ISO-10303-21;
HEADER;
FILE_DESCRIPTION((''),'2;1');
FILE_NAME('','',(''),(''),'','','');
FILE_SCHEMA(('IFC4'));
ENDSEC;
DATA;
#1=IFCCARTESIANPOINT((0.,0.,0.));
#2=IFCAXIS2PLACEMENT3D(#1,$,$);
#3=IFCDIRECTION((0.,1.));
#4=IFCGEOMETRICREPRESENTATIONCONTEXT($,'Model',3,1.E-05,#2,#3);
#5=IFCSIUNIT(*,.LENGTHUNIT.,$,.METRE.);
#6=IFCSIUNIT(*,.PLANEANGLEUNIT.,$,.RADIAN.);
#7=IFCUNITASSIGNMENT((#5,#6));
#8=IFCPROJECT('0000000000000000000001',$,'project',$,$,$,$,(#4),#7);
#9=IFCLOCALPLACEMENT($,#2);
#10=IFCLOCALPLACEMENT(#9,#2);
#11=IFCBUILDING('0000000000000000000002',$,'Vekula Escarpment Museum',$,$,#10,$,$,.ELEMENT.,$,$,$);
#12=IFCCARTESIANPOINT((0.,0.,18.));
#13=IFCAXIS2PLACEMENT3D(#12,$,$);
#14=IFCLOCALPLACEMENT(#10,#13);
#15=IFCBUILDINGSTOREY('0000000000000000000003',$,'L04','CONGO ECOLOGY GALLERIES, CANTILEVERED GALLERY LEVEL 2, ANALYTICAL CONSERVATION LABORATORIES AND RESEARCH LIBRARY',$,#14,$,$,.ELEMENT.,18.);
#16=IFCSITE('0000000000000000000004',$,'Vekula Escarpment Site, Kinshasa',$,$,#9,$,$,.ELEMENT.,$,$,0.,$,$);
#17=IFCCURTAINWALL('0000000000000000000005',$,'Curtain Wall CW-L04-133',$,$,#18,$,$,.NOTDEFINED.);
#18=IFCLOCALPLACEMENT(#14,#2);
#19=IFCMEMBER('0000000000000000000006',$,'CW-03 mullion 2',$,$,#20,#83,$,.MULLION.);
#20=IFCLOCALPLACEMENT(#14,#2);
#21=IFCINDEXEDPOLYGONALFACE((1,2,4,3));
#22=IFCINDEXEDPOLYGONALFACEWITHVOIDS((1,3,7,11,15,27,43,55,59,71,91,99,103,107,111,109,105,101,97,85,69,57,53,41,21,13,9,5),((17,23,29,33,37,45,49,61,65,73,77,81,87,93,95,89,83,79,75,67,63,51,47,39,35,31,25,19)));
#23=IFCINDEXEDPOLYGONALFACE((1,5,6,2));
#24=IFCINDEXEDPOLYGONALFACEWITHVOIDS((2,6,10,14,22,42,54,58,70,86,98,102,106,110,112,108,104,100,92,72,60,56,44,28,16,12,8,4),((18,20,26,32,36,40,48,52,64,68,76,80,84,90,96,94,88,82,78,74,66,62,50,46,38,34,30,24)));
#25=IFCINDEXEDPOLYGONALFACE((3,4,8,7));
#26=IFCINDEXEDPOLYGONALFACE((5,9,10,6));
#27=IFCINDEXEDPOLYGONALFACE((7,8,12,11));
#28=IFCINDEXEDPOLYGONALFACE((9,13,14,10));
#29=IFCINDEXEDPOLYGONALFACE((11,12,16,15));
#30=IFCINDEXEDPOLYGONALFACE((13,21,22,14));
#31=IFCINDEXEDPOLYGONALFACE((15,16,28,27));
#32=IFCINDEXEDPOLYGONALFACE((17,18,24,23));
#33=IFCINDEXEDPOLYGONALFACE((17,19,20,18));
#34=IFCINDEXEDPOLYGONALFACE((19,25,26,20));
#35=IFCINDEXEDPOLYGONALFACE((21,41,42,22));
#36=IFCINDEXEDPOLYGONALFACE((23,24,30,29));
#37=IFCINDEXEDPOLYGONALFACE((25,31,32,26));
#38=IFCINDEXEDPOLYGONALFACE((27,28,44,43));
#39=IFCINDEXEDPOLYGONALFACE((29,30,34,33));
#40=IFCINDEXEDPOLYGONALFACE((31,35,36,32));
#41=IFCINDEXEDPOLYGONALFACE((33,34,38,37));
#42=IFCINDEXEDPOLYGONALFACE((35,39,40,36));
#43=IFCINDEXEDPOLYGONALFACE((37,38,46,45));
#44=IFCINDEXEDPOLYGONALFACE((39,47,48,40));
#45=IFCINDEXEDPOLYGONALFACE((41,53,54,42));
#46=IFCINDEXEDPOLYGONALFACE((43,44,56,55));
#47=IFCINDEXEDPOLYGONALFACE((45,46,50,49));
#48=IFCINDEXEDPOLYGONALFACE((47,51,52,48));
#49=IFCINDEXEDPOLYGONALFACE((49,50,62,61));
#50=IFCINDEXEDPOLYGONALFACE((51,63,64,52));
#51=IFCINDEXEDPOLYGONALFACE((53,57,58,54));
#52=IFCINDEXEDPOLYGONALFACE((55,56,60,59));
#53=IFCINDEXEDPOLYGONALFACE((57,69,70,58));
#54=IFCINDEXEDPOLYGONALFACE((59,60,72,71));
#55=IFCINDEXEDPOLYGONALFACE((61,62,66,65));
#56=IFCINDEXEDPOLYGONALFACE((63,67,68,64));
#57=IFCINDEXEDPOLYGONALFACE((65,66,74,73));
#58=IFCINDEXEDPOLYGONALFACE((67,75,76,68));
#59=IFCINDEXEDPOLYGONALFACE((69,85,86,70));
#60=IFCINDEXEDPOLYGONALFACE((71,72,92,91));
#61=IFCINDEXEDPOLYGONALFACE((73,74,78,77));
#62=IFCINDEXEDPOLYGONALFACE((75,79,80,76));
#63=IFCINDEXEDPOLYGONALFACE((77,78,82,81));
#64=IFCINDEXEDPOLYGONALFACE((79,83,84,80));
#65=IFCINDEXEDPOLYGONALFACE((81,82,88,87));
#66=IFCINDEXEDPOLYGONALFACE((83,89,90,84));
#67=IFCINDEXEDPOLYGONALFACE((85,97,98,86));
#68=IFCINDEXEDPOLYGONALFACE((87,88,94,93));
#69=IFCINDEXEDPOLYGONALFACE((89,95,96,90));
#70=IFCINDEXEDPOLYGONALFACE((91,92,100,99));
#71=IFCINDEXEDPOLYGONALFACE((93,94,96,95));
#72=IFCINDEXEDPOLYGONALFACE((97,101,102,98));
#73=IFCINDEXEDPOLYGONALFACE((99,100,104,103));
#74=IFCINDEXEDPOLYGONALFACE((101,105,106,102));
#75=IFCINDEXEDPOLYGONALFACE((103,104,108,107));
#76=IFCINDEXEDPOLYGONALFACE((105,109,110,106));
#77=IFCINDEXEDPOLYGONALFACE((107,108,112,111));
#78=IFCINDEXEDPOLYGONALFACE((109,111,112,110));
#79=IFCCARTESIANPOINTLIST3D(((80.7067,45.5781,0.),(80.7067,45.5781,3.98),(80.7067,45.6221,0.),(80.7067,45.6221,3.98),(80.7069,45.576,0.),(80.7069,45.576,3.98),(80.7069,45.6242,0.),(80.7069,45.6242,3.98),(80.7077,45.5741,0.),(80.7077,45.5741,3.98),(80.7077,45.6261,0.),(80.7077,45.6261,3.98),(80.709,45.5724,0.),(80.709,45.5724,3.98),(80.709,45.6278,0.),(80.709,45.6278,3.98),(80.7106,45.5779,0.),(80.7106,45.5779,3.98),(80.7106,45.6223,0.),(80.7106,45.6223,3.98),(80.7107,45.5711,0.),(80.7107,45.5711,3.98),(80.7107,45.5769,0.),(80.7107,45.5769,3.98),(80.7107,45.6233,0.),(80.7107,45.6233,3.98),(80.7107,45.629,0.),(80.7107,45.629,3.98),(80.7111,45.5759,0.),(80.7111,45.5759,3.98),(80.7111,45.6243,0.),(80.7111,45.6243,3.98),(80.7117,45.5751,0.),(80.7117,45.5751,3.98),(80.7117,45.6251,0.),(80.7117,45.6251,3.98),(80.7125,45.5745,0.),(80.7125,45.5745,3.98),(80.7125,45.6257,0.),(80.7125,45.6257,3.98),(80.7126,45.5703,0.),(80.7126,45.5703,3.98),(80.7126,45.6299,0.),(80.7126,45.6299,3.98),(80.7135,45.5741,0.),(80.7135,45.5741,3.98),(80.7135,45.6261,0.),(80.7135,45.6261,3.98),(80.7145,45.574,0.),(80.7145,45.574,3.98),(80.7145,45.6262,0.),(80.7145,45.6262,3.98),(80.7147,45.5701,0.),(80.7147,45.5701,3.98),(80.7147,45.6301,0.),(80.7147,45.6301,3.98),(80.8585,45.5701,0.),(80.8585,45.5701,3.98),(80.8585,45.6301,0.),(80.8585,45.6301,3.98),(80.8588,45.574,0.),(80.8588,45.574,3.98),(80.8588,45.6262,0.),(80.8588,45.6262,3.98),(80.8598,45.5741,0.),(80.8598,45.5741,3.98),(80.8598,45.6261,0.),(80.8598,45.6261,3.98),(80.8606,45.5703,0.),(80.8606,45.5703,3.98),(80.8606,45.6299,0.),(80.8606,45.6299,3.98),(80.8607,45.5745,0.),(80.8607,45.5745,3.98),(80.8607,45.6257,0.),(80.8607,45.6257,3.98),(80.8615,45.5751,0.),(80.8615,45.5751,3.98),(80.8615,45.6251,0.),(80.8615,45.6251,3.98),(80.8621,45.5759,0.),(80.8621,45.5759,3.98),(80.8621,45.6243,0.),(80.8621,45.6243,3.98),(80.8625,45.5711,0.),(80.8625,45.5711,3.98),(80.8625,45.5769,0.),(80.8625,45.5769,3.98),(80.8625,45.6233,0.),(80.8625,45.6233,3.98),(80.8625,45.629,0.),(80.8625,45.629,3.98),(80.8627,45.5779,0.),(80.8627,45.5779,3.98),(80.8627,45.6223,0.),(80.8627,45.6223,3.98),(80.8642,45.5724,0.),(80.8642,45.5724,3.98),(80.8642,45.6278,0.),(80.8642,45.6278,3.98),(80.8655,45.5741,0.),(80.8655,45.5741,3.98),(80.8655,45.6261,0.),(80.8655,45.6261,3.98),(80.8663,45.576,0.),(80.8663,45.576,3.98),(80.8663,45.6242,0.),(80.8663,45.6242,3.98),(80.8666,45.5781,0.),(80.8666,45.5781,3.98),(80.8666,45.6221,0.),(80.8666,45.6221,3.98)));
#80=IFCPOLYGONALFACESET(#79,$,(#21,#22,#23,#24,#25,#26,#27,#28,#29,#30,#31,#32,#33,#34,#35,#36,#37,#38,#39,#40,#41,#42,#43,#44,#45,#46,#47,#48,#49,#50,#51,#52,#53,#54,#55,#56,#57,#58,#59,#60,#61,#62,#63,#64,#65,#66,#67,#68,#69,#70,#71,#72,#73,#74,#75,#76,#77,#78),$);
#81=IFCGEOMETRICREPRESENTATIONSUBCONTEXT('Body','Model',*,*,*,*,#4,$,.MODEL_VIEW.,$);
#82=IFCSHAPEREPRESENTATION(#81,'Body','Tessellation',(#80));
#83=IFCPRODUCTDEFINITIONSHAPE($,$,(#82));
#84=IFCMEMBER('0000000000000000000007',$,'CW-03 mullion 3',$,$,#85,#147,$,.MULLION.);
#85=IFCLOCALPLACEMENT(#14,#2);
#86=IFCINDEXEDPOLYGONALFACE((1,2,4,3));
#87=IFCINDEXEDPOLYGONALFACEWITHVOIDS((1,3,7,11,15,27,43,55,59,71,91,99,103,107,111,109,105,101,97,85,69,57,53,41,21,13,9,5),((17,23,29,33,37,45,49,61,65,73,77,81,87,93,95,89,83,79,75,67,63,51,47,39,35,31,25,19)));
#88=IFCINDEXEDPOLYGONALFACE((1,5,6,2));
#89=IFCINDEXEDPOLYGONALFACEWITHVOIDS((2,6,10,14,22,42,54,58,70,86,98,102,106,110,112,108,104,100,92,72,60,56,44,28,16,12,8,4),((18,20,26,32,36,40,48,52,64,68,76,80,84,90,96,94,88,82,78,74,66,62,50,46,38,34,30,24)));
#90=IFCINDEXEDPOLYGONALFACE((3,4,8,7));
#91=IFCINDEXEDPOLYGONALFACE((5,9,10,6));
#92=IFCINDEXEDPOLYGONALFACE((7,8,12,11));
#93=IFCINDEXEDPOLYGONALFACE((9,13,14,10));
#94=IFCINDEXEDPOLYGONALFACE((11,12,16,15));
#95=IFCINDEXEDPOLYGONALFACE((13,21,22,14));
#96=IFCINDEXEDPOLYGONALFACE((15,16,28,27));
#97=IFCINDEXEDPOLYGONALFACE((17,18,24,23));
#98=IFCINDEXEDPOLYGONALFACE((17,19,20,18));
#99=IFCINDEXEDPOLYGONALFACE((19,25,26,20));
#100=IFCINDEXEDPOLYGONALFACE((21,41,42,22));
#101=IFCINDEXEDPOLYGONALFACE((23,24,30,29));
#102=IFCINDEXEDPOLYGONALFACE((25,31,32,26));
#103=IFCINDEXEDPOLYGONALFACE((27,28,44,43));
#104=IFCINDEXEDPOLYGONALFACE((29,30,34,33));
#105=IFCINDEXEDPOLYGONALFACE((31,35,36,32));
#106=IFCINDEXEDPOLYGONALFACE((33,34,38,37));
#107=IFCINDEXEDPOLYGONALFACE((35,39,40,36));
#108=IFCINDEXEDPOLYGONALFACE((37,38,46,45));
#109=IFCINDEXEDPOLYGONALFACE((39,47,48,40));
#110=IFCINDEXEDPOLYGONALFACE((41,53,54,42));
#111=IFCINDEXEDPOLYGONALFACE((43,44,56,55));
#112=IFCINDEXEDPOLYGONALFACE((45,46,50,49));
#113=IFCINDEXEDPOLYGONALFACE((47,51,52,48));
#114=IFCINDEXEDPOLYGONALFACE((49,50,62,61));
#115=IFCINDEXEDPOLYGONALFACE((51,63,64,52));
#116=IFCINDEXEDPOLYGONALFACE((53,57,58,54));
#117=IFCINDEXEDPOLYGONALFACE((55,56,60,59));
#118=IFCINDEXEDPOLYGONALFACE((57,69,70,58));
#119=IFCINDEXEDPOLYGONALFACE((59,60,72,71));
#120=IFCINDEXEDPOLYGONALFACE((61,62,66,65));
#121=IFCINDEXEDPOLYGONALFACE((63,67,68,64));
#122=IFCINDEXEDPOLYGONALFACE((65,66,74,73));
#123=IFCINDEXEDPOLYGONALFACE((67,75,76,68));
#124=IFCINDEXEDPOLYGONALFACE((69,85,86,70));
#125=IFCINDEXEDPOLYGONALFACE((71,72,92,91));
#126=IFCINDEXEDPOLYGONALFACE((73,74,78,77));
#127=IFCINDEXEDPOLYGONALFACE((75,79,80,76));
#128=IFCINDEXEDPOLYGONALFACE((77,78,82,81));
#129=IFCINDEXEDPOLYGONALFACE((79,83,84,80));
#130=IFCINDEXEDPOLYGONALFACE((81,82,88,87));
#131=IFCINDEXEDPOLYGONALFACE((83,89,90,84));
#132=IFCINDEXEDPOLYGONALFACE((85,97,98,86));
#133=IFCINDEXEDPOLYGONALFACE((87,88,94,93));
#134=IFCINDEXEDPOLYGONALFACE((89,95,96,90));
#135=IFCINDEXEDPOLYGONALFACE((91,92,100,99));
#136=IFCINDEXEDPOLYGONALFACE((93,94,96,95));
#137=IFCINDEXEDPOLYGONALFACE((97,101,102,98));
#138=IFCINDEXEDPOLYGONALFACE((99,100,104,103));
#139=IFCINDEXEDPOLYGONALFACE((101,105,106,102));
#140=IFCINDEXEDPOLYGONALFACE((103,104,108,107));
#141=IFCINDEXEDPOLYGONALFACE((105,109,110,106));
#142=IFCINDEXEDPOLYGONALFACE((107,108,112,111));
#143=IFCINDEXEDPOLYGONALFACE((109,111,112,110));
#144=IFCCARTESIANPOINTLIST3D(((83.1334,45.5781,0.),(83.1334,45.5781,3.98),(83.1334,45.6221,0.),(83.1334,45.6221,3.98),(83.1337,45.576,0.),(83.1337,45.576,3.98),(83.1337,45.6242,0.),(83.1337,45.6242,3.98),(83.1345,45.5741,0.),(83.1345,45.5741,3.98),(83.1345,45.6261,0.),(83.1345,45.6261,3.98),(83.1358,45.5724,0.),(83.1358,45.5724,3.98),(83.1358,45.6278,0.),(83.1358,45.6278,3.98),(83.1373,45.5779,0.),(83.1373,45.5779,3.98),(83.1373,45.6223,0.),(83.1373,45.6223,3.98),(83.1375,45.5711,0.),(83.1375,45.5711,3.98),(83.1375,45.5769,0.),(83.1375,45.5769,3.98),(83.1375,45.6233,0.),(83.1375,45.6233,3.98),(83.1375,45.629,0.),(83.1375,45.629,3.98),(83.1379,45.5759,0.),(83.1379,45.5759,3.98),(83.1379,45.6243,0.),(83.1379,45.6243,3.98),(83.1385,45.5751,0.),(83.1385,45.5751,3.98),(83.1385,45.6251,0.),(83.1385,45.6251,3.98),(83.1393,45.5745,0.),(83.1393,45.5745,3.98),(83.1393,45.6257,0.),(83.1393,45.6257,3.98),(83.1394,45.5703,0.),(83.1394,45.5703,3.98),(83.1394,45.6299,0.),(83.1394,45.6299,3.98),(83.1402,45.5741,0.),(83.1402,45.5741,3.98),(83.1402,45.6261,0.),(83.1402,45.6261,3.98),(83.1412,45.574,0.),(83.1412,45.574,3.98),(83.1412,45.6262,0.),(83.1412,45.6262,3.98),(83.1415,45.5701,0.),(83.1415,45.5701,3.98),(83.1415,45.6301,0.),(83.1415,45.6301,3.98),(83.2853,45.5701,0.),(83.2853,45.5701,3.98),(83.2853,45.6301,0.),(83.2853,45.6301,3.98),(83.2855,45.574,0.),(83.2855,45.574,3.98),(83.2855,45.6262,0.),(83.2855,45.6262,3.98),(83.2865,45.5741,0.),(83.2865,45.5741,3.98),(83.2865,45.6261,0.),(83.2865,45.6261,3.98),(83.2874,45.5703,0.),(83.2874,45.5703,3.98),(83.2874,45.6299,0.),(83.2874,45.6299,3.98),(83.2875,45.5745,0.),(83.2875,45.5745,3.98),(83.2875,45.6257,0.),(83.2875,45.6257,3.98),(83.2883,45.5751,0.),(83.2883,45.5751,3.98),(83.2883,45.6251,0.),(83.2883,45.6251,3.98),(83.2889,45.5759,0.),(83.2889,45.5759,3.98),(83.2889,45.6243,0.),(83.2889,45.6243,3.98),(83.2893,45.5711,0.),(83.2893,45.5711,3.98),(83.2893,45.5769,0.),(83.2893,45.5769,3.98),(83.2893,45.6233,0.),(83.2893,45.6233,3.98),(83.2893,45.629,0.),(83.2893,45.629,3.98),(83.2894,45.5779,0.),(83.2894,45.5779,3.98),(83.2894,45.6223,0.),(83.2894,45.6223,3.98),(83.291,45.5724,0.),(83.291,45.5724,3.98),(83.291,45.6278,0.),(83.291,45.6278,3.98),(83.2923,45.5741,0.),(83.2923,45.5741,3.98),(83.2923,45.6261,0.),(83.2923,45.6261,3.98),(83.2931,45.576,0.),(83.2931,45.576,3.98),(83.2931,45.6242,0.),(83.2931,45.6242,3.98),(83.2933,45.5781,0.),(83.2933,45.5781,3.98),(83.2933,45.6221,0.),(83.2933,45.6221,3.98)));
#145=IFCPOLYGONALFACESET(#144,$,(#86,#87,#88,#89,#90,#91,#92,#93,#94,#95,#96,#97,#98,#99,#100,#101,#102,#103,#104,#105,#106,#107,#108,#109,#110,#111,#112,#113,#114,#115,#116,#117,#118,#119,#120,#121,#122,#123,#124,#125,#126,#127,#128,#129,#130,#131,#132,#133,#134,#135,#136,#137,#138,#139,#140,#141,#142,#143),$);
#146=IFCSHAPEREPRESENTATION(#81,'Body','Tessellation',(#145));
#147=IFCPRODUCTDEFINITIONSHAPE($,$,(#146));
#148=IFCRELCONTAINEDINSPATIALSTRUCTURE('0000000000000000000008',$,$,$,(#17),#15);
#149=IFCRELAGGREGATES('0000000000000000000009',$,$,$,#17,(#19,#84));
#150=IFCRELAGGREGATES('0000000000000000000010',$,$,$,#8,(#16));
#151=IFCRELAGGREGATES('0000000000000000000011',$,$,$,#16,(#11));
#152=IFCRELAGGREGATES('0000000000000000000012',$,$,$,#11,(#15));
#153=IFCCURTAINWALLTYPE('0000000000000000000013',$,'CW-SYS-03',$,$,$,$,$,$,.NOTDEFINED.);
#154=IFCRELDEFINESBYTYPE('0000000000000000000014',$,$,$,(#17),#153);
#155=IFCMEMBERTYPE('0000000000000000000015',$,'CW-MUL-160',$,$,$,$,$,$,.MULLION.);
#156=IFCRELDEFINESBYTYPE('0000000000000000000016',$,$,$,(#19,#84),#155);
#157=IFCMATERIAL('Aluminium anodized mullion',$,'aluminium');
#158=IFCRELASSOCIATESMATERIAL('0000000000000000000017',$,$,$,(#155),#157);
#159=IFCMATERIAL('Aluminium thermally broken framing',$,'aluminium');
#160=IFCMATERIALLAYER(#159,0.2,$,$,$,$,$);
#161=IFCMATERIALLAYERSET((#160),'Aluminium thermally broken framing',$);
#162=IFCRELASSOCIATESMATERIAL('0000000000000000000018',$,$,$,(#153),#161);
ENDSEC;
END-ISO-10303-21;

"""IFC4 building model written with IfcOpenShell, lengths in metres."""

from ifc_helpers import new_model, si_unit, direction, frame, origin, origin_2d, place, context, subcontext, project, spatial, hollow_rectangle, extrude, material, layer, layer_set, material_profile, profile_set, type_object, element, aggregate, save


model = new_model("IFC4")

# Units and contexts
model_context = context("Model", 3, precision=1e-05, world=origin(), true_north=direction((0.0, 1.0)))
body_context = subcontext(model_context, "Body", "Model", "MODEL_VIEW")
ifc_project = project(units=[si_unit("LENGTHUNIT", "METRE"), si_unit("PLANEANGLEUNIT", "RADIAN")], contexts=[model_context])

# Site, building, storey
site_placement = place(None, origin())
site = spatial("IfcSite", under=ifc_project, at=site_placement, Name="Vekula Escarpment Site, Kinshasa", CompositionType="ELEMENT", RefElevation=0.0)
building_placement = place(site_placement, origin())
building = spatial("IfcBuilding", under=site, at=building_placement, Name="Vekula Escarpment Museum", CompositionType="ELEMENT")
storey_placement = place(building_placement, frame((0.0, 0.0, 18.0)))
storey = spatial("IfcBuildingStorey", under=building, at=storey_placement, Name="L04", Description="CONGO ECOLOGY GALLERIES, CANTILEVERED GALLERY LEVEL 2, ANALYTICAL CONSERVATION LABORATORIES AND RESEARCH LIBRARY", CompositionType="ELEMENT", Elevation=18.0)

# Shared definitions
ifc_material_1 = material(Name="Aluminium anodized mullion", Category="aluminium")
ifc_material_profile_1 = material_profile(ifc_material_1, hollow_rectangle(XDim=0.0601, YDim=0.1599, WallThickness=0.0039, InnerFilletRadius=0.0039, OuterFilletRadius=0.0081, at=origin_2d()), Name="ALU 160x60x4")
ifc_profile_set_1 = profile_set([ifc_material_profile_1], Name="Aluminium anodized mullion")
member_type_1 = type_object("IfcMemberType", Name="CW-MUL-160", PredefinedType="MULLION", material=ifc_profile_set_1)

# Curtain wall, members
ifc_material_2 = material(Name="Aluminium thermally broken framing", Category="aluminium")
ifc_layer_1 = layer(ifc_material_2, 0.2)
ifc_layer_set_1 = layer_set([ifc_layer_1], Name="Aluminium thermally broken framing")
curtain_wall_type_1 = type_object("IfcCurtainWallType", Name="CW-SYS-03", PredefinedType="NOTDEFINED", material=ifc_layer_set_1)
curtain_wall_1_placement = place(storey_placement, origin())
curtain_wall_1 = element("IfcCurtainWall", 1, at=curtain_wall_1_placement, inside=storey, type_object=curtain_wall_type_1, Name="Curtain Wall CW-L04-133", PredefinedType="NOTDEFINED")
member_1_placement = place(storey_placement, frame((80.7866, 45.6001, 0.0), z_axis=(0.0, 0.0, 1.0), x_axis=(0.0, 1.0, 0.0)))
member_1 = element("IfcMember", 2, at=member_1_placement, type_object=member_type_1, Name="CW-03 mullion 2", PredefinedType="MULLION", context=body_context, shape_type="SweptSolid", body=[
    extrude(hollow_rectangle(XDim=0.0601, YDim=0.1599, WallThickness=0.0039, InnerFilletRadius=0.0039, OuterFilletRadius=0.0081, at=origin_2d()), origin(), (0.0, 0.0, 1.0), 3.98),
])
member_2_placement = place(storey_placement, frame((83.2134, 45.6001, 0.0), z_axis=(0.0, 0.0, 1.0), x_axis=(0.0, 1.0, 0.0)))
member_2 = element("IfcMember", 3, at=member_2_placement, type_object=member_type_1, Name="CW-03 mullion 3", PredefinedType="MULLION", context=body_context, shape_type="SweptSolid", body=[
    extrude(hollow_rectangle(XDim=0.0601, YDim=0.1599, WallThickness=0.0039, InnerFilletRadius=0.0039, OuterFilletRadius=0.0081, at=origin_2d()), origin(), (0.0, 0.0, 1.0), 3.98),
])

aggregate(curtain_wall_1, [member_1, member_2])

save(model, "model.ifc")
